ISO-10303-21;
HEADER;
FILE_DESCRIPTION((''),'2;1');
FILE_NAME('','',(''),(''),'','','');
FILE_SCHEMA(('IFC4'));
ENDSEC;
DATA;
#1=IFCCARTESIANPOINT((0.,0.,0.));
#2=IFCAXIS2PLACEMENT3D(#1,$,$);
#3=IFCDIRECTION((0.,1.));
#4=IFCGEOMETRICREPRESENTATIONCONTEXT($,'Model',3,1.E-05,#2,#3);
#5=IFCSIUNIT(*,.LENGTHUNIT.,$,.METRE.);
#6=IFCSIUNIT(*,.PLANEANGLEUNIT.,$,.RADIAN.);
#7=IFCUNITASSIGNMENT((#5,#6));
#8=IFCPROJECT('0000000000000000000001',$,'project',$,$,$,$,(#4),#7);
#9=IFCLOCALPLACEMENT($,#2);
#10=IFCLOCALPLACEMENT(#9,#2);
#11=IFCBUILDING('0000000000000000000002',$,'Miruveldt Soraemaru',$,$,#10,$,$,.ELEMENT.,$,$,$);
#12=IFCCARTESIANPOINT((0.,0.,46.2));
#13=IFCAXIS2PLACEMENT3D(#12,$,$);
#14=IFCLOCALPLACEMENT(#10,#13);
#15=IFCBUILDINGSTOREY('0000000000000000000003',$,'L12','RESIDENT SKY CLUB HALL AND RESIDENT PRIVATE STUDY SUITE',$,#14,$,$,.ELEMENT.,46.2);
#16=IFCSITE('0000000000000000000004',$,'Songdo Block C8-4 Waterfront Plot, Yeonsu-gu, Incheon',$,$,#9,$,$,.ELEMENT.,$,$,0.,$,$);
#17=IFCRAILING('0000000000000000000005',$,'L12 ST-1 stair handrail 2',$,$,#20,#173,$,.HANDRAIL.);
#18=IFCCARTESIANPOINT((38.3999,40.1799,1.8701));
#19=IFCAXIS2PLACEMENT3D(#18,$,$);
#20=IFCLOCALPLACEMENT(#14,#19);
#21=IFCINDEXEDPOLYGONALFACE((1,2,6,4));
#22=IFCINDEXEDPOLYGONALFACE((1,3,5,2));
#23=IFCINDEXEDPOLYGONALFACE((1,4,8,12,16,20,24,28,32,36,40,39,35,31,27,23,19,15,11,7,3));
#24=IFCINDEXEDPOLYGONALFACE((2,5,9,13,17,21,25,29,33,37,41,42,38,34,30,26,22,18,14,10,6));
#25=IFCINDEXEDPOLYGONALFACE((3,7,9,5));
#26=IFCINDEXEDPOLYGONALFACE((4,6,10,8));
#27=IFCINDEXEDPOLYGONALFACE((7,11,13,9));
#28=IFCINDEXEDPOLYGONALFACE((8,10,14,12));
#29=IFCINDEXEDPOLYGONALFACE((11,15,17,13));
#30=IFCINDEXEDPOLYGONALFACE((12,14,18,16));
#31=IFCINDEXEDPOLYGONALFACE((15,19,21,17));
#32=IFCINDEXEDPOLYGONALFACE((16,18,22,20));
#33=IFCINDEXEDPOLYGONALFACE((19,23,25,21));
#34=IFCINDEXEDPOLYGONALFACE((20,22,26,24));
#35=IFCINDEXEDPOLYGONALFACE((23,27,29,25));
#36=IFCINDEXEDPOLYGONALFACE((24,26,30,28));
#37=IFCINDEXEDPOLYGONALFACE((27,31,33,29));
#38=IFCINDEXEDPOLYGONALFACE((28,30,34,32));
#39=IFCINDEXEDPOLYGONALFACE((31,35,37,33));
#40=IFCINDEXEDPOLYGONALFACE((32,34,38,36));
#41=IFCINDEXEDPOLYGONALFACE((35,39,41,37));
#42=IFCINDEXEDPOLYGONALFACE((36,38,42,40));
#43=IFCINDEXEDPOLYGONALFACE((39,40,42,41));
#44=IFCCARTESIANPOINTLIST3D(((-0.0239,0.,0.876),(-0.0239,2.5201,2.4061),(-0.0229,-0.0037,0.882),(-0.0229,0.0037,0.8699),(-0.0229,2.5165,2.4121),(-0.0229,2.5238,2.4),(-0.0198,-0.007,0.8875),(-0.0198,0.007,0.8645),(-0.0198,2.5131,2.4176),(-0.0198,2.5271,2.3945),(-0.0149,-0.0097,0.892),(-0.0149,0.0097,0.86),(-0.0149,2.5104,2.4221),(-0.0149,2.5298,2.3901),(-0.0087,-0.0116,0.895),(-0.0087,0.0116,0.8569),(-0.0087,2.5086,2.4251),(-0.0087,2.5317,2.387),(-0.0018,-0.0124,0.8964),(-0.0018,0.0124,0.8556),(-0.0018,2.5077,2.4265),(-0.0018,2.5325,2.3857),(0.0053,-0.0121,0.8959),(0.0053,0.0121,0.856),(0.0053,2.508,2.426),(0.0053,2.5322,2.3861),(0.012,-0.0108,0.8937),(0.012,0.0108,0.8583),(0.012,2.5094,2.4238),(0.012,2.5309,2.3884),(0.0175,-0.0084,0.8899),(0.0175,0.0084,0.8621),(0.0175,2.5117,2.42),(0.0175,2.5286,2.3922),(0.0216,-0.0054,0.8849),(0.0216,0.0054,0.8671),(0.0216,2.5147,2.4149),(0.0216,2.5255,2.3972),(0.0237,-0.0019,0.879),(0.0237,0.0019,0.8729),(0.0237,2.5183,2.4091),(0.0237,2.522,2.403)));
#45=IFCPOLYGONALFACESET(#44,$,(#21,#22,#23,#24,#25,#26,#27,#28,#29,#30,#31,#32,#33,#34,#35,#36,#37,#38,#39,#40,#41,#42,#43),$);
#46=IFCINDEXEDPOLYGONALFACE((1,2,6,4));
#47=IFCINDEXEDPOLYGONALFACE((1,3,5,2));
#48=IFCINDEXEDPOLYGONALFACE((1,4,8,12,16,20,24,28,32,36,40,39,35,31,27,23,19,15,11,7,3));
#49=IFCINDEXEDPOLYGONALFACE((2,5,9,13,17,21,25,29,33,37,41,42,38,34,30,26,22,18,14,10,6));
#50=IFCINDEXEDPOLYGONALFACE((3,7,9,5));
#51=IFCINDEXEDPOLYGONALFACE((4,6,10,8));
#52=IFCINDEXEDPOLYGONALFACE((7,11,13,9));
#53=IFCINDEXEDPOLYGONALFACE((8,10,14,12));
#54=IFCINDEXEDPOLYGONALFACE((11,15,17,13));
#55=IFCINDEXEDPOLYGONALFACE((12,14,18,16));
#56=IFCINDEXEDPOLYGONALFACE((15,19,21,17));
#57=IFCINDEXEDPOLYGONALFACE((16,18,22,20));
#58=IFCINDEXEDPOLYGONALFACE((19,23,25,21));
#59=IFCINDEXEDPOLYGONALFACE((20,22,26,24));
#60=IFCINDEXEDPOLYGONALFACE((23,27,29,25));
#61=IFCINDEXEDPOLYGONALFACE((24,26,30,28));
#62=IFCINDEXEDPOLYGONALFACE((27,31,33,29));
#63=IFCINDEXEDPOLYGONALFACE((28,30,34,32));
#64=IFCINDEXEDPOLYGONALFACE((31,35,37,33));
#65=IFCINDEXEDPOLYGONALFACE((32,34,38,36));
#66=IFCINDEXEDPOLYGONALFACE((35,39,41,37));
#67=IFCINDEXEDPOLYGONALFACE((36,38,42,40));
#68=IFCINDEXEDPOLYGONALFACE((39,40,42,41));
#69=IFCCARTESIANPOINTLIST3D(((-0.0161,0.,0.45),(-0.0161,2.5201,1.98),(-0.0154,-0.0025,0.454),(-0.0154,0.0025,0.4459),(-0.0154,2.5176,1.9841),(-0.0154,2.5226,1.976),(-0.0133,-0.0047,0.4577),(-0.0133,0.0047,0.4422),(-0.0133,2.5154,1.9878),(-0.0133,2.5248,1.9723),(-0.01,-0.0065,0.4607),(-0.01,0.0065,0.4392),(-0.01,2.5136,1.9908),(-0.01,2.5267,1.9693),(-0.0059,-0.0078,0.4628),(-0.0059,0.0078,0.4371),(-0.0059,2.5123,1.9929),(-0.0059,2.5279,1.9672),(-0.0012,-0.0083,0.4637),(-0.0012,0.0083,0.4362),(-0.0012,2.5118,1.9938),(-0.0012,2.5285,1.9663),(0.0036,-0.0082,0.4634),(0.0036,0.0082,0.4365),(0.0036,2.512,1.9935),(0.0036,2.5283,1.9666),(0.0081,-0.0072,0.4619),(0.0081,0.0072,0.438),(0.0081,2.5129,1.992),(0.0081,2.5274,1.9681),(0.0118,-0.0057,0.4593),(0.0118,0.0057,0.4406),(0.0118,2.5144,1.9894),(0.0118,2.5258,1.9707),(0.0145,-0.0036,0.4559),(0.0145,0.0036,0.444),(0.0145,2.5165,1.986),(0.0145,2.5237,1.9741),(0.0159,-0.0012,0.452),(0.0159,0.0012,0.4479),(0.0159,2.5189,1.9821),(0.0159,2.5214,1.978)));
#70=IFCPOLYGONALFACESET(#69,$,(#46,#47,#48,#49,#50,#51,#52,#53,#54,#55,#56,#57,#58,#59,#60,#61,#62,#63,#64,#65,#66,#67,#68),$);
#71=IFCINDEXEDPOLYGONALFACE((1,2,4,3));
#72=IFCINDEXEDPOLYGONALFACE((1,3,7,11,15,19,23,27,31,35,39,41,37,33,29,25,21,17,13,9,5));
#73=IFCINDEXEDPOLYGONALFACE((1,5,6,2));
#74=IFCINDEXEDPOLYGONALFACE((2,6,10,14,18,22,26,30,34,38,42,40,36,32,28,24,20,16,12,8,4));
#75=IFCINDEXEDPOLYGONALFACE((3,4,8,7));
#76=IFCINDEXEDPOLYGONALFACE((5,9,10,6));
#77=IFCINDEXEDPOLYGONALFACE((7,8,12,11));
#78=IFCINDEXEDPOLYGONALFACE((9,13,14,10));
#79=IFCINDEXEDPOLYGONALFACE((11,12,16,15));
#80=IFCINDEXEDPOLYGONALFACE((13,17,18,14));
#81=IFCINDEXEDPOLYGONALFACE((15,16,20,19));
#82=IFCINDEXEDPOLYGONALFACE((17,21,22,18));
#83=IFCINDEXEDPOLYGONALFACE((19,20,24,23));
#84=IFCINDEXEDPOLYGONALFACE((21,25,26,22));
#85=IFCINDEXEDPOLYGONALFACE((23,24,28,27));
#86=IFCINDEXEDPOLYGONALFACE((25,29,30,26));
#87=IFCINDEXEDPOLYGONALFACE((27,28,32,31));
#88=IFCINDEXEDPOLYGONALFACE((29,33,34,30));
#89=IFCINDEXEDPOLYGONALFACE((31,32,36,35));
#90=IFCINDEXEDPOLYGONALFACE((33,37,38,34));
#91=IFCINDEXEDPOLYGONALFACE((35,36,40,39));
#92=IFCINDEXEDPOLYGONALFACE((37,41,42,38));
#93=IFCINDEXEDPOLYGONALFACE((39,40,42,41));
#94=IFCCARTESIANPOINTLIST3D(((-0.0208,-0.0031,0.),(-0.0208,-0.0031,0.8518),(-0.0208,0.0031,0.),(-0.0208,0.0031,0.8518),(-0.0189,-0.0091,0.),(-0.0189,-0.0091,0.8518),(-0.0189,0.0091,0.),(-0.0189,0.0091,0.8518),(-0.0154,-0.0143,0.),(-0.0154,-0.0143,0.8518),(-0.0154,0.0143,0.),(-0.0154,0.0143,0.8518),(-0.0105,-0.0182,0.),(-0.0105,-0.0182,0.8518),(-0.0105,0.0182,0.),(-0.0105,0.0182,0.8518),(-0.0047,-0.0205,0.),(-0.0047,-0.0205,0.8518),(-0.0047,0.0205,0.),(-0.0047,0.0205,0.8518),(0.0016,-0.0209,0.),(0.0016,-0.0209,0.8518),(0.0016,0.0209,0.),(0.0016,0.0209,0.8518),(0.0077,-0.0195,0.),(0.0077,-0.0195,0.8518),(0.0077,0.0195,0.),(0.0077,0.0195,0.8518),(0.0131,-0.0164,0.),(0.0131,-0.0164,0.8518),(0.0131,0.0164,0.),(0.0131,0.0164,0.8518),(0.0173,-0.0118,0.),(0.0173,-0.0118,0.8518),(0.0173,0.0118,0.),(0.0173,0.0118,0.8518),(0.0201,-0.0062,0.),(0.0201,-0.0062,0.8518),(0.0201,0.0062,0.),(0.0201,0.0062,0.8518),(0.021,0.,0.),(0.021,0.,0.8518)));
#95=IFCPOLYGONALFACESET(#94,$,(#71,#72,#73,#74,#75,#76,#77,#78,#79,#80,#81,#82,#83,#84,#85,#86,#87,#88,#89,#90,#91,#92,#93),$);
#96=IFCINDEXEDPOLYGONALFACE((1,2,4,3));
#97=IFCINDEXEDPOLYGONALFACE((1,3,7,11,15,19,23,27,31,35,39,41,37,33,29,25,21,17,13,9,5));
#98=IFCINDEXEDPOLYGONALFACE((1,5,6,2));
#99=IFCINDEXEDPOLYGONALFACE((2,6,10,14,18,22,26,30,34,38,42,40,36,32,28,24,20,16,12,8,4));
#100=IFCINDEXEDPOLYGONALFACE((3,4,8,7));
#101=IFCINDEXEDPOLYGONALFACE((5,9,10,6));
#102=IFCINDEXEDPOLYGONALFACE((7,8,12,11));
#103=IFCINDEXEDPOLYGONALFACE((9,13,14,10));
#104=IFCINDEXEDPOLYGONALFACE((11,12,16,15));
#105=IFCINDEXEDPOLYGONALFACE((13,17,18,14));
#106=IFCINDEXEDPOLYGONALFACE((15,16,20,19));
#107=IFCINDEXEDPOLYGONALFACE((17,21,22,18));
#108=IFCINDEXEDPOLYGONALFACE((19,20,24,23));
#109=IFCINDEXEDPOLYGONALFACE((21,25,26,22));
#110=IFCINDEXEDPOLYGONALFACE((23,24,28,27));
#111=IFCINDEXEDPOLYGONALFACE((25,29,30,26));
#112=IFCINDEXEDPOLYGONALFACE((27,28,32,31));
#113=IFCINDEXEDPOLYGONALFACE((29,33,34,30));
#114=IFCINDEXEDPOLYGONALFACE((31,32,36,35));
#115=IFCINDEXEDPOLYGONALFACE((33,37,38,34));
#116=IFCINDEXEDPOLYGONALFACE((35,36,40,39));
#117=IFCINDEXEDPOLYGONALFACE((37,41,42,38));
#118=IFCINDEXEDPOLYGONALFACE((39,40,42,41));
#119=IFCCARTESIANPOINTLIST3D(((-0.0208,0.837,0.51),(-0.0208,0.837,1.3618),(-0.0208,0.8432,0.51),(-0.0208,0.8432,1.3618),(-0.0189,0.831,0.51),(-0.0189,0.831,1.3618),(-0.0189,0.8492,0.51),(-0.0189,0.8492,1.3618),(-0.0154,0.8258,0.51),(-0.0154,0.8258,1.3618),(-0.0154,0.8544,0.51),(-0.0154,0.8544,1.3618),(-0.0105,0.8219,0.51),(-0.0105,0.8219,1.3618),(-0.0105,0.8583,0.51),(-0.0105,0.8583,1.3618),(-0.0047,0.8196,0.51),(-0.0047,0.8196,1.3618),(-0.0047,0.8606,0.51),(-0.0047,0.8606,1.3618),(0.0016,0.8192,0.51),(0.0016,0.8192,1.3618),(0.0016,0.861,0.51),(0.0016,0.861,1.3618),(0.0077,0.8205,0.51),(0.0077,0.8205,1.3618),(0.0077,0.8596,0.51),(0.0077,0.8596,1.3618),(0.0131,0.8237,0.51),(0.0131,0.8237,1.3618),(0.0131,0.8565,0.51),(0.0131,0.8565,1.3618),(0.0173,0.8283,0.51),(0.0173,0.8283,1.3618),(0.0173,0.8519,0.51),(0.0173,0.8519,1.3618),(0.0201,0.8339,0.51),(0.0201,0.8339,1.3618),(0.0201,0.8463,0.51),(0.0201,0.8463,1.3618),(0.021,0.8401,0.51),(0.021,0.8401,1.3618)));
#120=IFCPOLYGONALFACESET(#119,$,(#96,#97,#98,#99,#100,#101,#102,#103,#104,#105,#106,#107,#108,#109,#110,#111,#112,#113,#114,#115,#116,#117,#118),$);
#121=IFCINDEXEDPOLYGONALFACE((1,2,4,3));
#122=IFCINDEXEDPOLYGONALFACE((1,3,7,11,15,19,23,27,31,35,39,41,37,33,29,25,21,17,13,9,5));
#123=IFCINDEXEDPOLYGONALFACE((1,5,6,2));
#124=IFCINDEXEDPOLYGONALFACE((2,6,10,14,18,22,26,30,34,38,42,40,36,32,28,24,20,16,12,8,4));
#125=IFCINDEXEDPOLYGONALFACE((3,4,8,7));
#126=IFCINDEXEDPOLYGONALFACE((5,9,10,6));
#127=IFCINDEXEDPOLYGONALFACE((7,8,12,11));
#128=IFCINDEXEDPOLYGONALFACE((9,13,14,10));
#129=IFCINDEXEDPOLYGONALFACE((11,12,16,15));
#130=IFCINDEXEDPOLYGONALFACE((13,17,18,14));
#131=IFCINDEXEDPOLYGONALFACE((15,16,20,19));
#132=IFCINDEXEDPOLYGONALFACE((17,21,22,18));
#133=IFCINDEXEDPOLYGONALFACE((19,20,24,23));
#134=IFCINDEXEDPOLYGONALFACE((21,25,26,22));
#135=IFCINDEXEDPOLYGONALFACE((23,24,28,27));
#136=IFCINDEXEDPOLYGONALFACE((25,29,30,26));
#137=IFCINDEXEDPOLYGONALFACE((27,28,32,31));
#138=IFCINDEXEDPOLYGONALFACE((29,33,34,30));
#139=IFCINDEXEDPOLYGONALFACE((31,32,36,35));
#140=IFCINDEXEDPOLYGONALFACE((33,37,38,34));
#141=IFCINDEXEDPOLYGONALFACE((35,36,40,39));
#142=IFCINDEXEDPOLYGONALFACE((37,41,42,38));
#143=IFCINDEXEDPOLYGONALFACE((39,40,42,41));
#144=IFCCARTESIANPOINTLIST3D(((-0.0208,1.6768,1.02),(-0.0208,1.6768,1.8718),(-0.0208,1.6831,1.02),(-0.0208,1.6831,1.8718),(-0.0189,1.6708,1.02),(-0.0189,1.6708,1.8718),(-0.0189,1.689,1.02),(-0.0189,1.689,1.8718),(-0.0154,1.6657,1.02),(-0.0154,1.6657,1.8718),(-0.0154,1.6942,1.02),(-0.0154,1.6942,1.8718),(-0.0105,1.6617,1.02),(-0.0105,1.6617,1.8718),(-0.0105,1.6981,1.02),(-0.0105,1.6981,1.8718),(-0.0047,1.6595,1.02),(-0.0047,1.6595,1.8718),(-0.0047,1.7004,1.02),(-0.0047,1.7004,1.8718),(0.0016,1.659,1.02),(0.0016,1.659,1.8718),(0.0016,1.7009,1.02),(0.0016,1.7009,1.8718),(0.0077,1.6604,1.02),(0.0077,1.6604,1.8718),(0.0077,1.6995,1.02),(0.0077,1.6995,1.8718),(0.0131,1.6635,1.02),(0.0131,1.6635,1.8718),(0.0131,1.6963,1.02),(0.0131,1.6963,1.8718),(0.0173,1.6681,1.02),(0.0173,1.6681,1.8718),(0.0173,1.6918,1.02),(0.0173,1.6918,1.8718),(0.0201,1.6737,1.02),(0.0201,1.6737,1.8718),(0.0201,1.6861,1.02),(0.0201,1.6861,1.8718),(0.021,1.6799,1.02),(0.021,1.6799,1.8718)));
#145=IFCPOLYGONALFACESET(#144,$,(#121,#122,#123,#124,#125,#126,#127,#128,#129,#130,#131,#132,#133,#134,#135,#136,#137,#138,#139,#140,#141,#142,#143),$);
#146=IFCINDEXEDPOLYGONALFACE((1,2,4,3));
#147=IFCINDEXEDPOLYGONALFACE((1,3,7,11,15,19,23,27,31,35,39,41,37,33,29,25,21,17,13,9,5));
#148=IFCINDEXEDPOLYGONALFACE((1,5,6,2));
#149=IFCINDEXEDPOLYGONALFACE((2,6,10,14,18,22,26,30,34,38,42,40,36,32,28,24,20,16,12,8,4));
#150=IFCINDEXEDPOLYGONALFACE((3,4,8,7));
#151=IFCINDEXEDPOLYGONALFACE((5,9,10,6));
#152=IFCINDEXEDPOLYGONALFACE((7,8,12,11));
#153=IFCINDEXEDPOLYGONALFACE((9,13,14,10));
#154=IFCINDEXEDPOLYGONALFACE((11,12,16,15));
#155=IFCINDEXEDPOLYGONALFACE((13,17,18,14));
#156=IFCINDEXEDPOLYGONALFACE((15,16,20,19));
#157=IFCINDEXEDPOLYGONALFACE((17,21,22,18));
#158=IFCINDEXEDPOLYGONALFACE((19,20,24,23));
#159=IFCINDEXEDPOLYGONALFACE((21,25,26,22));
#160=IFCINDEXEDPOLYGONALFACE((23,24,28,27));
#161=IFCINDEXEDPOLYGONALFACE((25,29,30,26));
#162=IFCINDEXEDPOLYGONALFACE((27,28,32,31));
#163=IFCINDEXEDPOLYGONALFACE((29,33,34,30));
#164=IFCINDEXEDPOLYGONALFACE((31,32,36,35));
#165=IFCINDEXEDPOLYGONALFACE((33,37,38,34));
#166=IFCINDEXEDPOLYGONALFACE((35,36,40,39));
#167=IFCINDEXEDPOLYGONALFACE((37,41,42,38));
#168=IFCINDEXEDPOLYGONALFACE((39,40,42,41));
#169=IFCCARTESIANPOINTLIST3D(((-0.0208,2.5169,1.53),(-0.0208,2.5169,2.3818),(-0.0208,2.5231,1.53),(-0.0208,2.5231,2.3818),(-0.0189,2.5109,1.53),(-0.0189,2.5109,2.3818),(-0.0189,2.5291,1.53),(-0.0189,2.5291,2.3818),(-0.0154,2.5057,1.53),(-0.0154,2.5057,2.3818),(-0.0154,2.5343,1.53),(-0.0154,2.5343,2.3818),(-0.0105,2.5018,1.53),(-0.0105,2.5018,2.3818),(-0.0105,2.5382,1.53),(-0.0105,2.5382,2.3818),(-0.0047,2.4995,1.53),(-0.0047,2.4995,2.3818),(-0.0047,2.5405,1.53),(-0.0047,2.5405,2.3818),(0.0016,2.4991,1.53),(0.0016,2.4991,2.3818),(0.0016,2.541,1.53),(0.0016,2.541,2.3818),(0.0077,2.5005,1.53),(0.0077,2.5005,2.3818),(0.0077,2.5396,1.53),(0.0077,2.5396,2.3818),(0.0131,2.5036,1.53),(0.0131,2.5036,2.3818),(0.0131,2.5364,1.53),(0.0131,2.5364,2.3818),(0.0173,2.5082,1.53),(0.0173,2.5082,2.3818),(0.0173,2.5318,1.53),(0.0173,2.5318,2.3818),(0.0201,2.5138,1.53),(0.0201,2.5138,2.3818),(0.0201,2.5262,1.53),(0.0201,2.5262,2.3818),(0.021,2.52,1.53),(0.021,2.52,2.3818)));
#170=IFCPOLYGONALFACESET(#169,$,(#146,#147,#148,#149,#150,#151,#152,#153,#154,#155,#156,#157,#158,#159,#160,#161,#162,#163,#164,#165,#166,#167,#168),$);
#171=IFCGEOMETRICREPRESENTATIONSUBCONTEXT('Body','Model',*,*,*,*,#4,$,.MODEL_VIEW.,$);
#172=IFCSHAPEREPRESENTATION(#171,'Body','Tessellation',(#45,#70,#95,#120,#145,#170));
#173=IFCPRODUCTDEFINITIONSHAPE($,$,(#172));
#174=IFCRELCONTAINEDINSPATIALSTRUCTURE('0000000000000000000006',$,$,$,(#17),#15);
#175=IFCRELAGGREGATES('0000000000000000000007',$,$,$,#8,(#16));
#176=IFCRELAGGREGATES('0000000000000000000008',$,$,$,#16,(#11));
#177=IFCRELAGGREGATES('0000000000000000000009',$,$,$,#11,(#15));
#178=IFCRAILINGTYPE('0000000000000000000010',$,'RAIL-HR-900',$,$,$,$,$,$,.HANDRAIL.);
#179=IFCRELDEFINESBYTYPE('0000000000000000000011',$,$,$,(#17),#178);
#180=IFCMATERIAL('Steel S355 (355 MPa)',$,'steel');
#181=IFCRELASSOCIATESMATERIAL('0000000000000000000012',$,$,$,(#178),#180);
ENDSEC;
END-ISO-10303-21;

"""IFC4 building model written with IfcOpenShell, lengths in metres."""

from ifc_helpers import new_model, si_unit, direction, frame, origin, origin_2d, place, context, subcontext, project, spatial, circle, extrude, material, type_object, element, save


model = new_model("IFC4")

# Units and contexts
model_context = context("Model", 3, precision=1e-05, world=origin(), true_north=direction((0.0, 1.0)))
body_context = subcontext(model_context, "Body", "Model", "MODEL_VIEW")
ifc_project = project(units=[si_unit("LENGTHUNIT", "METRE"), si_unit("PLANEANGLEUNIT", "RADIAN")], contexts=[model_context])

# Site, building, storey
site_placement = place(None, origin())
site = spatial("IfcSite", under=ifc_project, at=site_placement, Name="Songdo Block C8-4 Waterfront Plot, Yeonsu-gu, Incheon", CompositionType="ELEMENT", RefElevation=0.0)
building_placement = place(site_placement, origin())
building = spatial("IfcBuilding", under=site, at=building_placement, Name="Miruveldt Soraemaru", CompositionType="ELEMENT")
storey_placement = place(building_placement, frame((0.0, 0.0, 46.2)))
storey = spatial("IfcBuildingStorey", under=building, at=storey_placement, Name="L12", Description="RESIDENT SKY CLUB HALL AND RESIDENT PRIVATE STUDY SUITE", CompositionType="ELEMENT", Elevation=46.2)

# Railing
ifc_material_1 = material(Name="Steel S355 (355 MPa)", Category="steel")
railing_type_1 = type_object("IfcRailingType", Name="RAIL-HR-900", PredefinedType="HANDRAIL", material=ifc_material_1)
railing_1_placement = place(storey_placement, frame((38.3999, 40.1799, 1.8701)))
element("IfcRailing", 1, at=railing_1_placement, inside=storey, type_object=railing_type_1, Name="L12 ST-1 stair handrail 2", PredefinedType="HANDRAIL", context=body_context, shape_type="SweptSolid", body=[
    extrude(circle(Radius=0.0239, at=origin_2d()), frame((0.0, 0.0, 0.876), z_axis=(0.0, 0.854785, 0.518982), x_axis=(-1.0, 0.0, 0.0)), (0.0, 0.0, 1.0), 2.9482),
    extrude(circle(Radius=0.0161, at=origin_2d()), frame((0.0, 0.0, 0.45), z_axis=(0.0, 0.854785, 0.518982), x_axis=(-1.0, 0.0, 0.0)), (0.0, 0.0, 1.0), 2.9482),
    extrude(circle(Radius=0.021, at=origin_2d()), origin(), (0.0, 0.0, 1.0), 0.8518),
    extrude(circle(Radius=0.021, at=origin_2d()), frame((0.0, 0.8401, 0.51)), (0.0, 0.0, 1.0), 0.8518),
    extrude(circle(Radius=0.021, at=origin_2d()), frame((0.0, 1.6799, 1.02)), (0.0, 0.0, 1.0), 0.8518),
    extrude(circle(Radius=0.021, at=origin_2d()), frame((0.0, 2.52, 1.53)), (0.0, 0.0, 1.0), 0.8518),
])

save(model, "model.ifc")
